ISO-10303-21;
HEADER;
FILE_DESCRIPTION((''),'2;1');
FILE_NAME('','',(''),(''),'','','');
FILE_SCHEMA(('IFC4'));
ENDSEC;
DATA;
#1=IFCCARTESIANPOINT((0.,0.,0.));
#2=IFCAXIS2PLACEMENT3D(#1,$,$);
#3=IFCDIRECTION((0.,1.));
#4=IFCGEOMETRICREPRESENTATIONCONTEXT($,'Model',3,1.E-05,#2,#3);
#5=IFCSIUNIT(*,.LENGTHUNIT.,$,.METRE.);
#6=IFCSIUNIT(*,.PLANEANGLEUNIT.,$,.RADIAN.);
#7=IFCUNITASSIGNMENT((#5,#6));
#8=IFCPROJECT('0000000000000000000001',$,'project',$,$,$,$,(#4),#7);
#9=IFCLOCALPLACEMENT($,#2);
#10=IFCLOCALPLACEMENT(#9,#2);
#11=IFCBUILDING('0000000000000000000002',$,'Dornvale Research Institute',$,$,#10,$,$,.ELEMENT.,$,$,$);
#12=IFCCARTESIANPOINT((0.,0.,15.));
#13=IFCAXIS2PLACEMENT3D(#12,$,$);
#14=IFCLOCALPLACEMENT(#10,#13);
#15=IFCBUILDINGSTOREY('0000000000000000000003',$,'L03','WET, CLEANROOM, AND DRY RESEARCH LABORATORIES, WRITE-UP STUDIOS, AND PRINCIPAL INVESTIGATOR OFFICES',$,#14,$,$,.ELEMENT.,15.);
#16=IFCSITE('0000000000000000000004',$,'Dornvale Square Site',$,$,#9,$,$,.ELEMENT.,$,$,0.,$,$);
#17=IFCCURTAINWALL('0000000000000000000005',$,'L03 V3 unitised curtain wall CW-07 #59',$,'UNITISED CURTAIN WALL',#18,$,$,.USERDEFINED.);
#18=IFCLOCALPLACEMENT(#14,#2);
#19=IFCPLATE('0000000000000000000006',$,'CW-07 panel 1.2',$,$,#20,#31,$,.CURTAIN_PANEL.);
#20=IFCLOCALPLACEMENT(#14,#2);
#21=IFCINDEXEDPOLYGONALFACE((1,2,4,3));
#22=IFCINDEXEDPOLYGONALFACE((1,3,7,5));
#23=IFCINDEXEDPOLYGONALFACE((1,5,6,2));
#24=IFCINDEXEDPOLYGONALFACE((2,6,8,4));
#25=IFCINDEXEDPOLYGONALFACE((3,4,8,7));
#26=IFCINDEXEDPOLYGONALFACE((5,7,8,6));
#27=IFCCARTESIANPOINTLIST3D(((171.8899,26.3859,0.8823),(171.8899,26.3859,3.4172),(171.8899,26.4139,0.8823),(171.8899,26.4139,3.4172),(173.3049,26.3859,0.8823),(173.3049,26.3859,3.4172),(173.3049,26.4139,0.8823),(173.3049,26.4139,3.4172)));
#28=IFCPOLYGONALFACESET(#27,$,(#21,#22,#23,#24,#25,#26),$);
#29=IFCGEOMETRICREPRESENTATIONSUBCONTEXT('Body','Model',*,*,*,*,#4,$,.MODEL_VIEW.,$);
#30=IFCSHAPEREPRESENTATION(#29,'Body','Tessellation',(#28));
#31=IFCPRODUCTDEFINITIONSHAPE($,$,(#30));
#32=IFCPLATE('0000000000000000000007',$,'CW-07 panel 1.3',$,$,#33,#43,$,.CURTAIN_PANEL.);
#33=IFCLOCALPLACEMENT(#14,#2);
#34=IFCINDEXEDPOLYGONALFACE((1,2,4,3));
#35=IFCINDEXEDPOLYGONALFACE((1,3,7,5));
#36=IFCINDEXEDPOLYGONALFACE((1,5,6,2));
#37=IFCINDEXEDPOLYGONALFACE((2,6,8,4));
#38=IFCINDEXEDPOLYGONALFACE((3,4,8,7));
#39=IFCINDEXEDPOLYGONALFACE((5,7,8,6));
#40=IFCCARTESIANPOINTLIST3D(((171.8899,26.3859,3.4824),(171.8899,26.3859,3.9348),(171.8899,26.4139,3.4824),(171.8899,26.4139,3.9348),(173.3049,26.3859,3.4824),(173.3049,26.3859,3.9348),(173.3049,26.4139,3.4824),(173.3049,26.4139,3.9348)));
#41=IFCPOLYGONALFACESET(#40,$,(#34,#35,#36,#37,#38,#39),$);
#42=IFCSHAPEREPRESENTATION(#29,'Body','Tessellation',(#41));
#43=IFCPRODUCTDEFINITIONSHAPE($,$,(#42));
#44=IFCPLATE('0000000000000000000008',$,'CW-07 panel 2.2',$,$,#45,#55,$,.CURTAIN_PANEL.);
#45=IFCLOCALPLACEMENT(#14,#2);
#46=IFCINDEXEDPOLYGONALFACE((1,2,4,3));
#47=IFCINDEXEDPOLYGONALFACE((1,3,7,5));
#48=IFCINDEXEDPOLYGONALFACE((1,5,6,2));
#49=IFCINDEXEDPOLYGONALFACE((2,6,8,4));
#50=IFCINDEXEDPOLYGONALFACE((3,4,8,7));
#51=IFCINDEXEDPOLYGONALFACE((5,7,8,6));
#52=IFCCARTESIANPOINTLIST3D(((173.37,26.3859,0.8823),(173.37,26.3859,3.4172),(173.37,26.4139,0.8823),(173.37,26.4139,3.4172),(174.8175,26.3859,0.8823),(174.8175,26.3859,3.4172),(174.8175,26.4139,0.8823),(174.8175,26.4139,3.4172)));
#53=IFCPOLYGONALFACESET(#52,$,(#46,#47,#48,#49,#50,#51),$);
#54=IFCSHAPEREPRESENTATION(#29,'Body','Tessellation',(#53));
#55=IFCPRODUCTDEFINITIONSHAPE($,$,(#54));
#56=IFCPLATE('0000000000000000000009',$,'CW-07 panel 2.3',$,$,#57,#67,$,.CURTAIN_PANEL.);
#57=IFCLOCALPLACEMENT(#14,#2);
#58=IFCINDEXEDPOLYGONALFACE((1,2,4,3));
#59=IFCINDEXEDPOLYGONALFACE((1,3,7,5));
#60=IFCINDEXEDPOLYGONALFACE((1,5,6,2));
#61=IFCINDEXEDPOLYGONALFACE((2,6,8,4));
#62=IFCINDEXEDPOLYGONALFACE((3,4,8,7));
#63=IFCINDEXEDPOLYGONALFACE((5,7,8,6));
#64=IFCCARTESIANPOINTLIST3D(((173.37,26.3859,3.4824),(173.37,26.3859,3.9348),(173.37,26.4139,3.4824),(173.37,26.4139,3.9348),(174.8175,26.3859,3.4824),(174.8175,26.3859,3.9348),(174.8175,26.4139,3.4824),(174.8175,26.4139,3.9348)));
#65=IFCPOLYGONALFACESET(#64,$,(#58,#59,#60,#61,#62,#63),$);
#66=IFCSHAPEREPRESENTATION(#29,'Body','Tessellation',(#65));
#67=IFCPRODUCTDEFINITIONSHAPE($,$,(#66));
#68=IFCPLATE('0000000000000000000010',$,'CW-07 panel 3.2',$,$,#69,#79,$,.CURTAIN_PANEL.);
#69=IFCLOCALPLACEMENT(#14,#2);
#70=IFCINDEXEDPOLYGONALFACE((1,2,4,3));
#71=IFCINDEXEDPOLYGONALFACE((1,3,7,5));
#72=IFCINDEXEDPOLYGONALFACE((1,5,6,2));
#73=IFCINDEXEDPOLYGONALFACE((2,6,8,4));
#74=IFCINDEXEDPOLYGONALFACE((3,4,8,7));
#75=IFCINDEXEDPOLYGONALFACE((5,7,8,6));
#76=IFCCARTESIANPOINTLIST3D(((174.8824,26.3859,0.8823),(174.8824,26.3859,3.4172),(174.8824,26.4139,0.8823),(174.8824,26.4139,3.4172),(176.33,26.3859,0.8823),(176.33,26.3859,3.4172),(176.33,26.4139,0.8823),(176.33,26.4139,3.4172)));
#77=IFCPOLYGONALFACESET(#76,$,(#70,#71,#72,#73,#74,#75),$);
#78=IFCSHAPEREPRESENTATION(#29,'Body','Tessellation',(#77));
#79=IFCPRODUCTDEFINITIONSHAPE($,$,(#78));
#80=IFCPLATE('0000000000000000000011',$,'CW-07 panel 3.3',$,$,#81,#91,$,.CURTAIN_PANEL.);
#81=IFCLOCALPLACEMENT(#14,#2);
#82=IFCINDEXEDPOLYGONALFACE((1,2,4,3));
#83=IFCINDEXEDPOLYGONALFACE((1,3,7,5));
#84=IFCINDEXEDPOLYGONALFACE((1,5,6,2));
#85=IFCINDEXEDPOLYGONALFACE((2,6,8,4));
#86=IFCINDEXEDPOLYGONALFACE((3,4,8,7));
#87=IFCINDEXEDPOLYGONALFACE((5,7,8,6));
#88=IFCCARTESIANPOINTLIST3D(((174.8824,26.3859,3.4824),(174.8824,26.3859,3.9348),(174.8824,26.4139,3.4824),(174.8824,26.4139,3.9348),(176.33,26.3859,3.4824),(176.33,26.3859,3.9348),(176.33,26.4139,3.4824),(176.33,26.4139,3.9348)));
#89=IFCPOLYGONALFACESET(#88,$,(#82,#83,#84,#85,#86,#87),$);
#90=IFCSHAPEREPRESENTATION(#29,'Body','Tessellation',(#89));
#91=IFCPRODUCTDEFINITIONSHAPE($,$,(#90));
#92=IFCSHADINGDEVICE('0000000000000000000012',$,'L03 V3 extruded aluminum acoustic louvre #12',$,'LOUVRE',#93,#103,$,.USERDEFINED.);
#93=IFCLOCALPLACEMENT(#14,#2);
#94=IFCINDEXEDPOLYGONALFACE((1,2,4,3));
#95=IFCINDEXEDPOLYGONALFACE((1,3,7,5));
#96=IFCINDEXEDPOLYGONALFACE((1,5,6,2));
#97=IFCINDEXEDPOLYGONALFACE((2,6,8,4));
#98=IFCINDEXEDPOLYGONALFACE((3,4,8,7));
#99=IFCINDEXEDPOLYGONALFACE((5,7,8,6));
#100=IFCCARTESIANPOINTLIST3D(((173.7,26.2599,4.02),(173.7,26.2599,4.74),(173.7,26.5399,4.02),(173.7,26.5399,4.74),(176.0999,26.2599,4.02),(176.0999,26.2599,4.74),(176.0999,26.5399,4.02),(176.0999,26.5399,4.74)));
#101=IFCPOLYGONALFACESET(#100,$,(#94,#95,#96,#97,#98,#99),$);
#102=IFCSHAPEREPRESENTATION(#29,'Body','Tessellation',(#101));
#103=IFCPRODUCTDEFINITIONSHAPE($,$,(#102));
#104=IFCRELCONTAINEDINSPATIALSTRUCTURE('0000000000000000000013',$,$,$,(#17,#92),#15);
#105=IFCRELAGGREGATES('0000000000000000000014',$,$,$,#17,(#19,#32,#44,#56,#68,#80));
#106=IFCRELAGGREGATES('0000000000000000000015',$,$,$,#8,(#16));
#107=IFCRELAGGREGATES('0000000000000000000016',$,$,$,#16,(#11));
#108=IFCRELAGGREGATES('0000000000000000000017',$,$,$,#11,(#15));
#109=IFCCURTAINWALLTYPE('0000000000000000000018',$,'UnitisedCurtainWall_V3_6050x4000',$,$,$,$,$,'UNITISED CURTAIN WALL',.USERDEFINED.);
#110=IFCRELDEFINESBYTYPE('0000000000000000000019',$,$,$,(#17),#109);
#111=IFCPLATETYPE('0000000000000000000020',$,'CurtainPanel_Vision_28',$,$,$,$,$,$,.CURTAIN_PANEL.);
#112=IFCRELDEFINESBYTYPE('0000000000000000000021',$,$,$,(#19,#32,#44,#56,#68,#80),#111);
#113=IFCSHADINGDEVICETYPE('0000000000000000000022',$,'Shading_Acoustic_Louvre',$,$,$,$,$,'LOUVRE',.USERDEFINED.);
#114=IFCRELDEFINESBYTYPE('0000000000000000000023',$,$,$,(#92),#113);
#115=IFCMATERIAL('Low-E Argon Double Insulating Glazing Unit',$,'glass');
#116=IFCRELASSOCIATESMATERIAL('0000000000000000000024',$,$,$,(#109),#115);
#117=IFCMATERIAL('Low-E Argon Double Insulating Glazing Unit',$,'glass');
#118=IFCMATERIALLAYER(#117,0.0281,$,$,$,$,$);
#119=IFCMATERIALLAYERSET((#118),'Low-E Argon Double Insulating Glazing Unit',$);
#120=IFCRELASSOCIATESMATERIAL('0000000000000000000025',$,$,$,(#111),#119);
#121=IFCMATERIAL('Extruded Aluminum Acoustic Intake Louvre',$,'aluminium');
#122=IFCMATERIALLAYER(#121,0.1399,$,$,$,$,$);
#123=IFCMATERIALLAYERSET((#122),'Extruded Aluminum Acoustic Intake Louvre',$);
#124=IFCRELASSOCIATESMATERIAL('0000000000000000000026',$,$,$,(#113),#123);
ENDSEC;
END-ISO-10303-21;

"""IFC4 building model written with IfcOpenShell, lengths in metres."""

from ifc_helpers import new_model, si_unit, direction, frame, origin, origin_2d, place, context, subcontext, project, spatial, rectangle, extrude, material, layer, layer_set, type_object, element, aggregate, save


model = new_model("IFC4")

# Units and contexts
model_context = context("Model", 3, precision=1e-05, world=origin(), true_north=direction((0.0, 1.0)))
body_context = subcontext(model_context, "Body", "Model", "MODEL_VIEW")
ifc_project = project(units=[si_unit("LENGTHUNIT", "METRE"), si_unit("PLANEANGLEUNIT", "RADIAN")], contexts=[model_context])

# Site, building, storey
site_placement = place(None, origin())
site = spatial("IfcSite", under=ifc_project, at=site_placement, Name="Dornvale Square Site", CompositionType="ELEMENT", RefElevation=0.0)
building_placement = place(site_placement, origin())
building = spatial("IfcBuilding", under=site, at=building_placement, Name="Dornvale Research Institute", CompositionType="ELEMENT")
storey_placement = place(building_placement, frame((0.0, 0.0, 15.0)))
storey = spatial("IfcBuildingStorey", under=building, at=storey_placement, Name="L03", Description="WET, CLEANROOM, AND DRY RESEARCH LABORATORIES, WRITE-UP STUDIOS, AND PRINCIPAL INVESTIGATOR OFFICES", CompositionType="ELEMENT", Elevation=15.0)

# Curtain wall, plates
ifc_material_1 = material(Name="Low-E Argon Double Insulating Glazing Unit", Category="glass")
curtain_wall_type = type_object("IfcCurtainWallType", Name="UnitisedCurtainWall_V3_6050x4000", ElementType="UNITISED CURTAIN WALL", PredefinedType="USERDEFINED", material=ifc_material_1)
curtain_wall_placement = place(storey_placement, origin())
curtain_wall = element("IfcCurtainWall", 1, at=curtain_wall_placement, inside=storey, type_object=curtain_wall_type, Name="L03 V3 unitised curtain wall CW-07 #59", ObjectType="UNITISED CURTAIN WALL", PredefinedType="USERDEFINED")
ifc_material_2 = material(Name="Low-E Argon Double Insulating Glazing Unit", Category="glass")
ifc_layer_1 = layer(ifc_material_2, 0.0281)
ifc_layer_set_1 = layer_set([ifc_layer_1], Name="Low-E Argon Double Insulating Glazing Unit")
plate_type_1 = type_object("IfcPlateType", Name="CurtainPanel_Vision_28", PredefinedType="CURTAIN_PANEL", material=ifc_layer_set_1)
plate_1_placement = place(storey_placement, frame((172.5974, 26.3999, 0.8823), z_axis=(0.0, 0.0, 1.0), x_axis=(1.0, 0.0, 0.0)))
plate_1 = element("IfcPlate", 2, at=plate_1_placement, type_object=plate_type_1, Name="CW-07 panel 1.2", PredefinedType="CURTAIN_PANEL", context=body_context, shape_type="SweptSolid", body=[
    extrude(rectangle(XDim=1.415, YDim=0.0281, at=origin_2d()), origin(), (0.0, 0.0, 1.0), 2.5349),
])
plate_2_placement = place(storey_placement, frame((172.5974, 26.3999, 3.4824), z_axis=(0.0, 0.0, 1.0), x_axis=(1.0, 0.0, 0.0)))
plate_2 = element("IfcPlate", 3, at=plate_2_placement, type_object=plate_type_1, Name="CW-07 panel 1.3", PredefinedType="CURTAIN_PANEL", context=body_context, shape_type="SweptSolid", body=[
    extrude(rectangle(XDim=1.415, YDim=0.0281, at=origin_2d()), origin(), (0.0, 0.0, 1.0), 0.4524),
])
plate_3_placement = place(storey_placement, frame((174.0938, 26.3999, 0.8823), z_axis=(0.0, 0.0, 1.0), x_axis=(1.0, 0.0, 0.0)))
plate_3 = element("IfcPlate", 4, at=plate_3_placement, type_object=plate_type_1, Name="CW-07 panel 2.2", PredefinedType="CURTAIN_PANEL", context=body_context, shape_type="SweptSolid", body=[
    extrude(rectangle(XDim=1.4475, YDim=0.0281, at=origin_2d()), origin(), (0.0, 0.0, 1.0), 2.5349),
])
plate_4_placement = place(storey_placement, frame((174.0938, 26.3999, 3.4824), z_axis=(0.0, 0.0, 1.0), x_axis=(1.0, 0.0, 0.0)))
plate_4 = element("IfcPlate", 5, at=plate_4_placement, type_object=plate_type_1, Name="CW-07 panel 2.3", PredefinedType="CURTAIN_PANEL", context=body_context, shape_type="SweptSolid", body=[
    extrude(rectangle(XDim=1.4475, YDim=0.0281, at=origin_2d()), origin(), (0.0, 0.0, 1.0), 0.4524),
])
plate_5_placement = place(storey_placement, frame((175.6062, 26.3999, 0.8823), z_axis=(0.0, 0.0, 1.0), x_axis=(1.0, 0.0, 0.0)))
plate_5 = element("IfcPlate", 6, at=plate_5_placement, type_object=plate_type_1, Name="CW-07 panel 3.2", PredefinedType="CURTAIN_PANEL", context=body_context, shape_type="SweptSolid", body=[
    extrude(rectangle(XDim=1.4475, YDim=0.0281, at=origin_2d()), origin(), (0.0, 0.0, 1.0), 2.5349),
])
plate_6_placement = place(storey_placement, frame((175.6062, 26.3999, 3.4824), z_axis=(0.0, 0.0, 1.0), x_axis=(1.0, 0.0, 0.0)))
plate_6 = element("IfcPlate", 7, at=plate_6_placement, type_object=plate_type_1, Name="CW-07 panel 3.3", PredefinedType="CURTAIN_PANEL", context=body_context, shape_type="SweptSolid", body=[
    extrude(rectangle(XDim=1.4475, YDim=0.0281, at=origin_2d()), origin(), (0.0, 0.0, 1.0), 0.4524),
])
aggregate(curtain_wall, [plate_1, plate_2, plate_3, plate_4, plate_5, plate_6])

# Shading device
ifc_material_3 = material(Name="Extruded Aluminum Acoustic Intake Louvre", Category="aluminium")
ifc_layer_2 = layer(ifc_material_3, 0.1399)
ifc_layer_set_2 = layer_set([ifc_layer_2], Name="Extruded Aluminum Acoustic Intake Louvre")
shading_device_type = type_object("IfcShadingDeviceType", Name="Shading_Acoustic_Louvre", ElementType="LOUVRE", PredefinedType="USERDEFINED", material=ifc_layer_set_2)
shading_device_placement = place(storey_placement, frame((174.8999, 26.3999, 4.02), z_axis=(0.0, 0.0, 1.0), x_axis=(1.0, 0.0, 0.0)))
element("IfcShadingDevice", 8, at=shading_device_placement, inside=storey, type_object=shading_device_type, Name="L03 V3 extruded aluminum acoustic louvre #12", ObjectType="LOUVRE", PredefinedType="USERDEFINED", context=body_context, shape_type="SweptSolid", body=[
    extrude(rectangle(XDim=2.3999, YDim=0.28, at=origin_2d()), origin(), (0.0, 0.0, 1.0), 0.72),
])

save(model, "model.ifc")
